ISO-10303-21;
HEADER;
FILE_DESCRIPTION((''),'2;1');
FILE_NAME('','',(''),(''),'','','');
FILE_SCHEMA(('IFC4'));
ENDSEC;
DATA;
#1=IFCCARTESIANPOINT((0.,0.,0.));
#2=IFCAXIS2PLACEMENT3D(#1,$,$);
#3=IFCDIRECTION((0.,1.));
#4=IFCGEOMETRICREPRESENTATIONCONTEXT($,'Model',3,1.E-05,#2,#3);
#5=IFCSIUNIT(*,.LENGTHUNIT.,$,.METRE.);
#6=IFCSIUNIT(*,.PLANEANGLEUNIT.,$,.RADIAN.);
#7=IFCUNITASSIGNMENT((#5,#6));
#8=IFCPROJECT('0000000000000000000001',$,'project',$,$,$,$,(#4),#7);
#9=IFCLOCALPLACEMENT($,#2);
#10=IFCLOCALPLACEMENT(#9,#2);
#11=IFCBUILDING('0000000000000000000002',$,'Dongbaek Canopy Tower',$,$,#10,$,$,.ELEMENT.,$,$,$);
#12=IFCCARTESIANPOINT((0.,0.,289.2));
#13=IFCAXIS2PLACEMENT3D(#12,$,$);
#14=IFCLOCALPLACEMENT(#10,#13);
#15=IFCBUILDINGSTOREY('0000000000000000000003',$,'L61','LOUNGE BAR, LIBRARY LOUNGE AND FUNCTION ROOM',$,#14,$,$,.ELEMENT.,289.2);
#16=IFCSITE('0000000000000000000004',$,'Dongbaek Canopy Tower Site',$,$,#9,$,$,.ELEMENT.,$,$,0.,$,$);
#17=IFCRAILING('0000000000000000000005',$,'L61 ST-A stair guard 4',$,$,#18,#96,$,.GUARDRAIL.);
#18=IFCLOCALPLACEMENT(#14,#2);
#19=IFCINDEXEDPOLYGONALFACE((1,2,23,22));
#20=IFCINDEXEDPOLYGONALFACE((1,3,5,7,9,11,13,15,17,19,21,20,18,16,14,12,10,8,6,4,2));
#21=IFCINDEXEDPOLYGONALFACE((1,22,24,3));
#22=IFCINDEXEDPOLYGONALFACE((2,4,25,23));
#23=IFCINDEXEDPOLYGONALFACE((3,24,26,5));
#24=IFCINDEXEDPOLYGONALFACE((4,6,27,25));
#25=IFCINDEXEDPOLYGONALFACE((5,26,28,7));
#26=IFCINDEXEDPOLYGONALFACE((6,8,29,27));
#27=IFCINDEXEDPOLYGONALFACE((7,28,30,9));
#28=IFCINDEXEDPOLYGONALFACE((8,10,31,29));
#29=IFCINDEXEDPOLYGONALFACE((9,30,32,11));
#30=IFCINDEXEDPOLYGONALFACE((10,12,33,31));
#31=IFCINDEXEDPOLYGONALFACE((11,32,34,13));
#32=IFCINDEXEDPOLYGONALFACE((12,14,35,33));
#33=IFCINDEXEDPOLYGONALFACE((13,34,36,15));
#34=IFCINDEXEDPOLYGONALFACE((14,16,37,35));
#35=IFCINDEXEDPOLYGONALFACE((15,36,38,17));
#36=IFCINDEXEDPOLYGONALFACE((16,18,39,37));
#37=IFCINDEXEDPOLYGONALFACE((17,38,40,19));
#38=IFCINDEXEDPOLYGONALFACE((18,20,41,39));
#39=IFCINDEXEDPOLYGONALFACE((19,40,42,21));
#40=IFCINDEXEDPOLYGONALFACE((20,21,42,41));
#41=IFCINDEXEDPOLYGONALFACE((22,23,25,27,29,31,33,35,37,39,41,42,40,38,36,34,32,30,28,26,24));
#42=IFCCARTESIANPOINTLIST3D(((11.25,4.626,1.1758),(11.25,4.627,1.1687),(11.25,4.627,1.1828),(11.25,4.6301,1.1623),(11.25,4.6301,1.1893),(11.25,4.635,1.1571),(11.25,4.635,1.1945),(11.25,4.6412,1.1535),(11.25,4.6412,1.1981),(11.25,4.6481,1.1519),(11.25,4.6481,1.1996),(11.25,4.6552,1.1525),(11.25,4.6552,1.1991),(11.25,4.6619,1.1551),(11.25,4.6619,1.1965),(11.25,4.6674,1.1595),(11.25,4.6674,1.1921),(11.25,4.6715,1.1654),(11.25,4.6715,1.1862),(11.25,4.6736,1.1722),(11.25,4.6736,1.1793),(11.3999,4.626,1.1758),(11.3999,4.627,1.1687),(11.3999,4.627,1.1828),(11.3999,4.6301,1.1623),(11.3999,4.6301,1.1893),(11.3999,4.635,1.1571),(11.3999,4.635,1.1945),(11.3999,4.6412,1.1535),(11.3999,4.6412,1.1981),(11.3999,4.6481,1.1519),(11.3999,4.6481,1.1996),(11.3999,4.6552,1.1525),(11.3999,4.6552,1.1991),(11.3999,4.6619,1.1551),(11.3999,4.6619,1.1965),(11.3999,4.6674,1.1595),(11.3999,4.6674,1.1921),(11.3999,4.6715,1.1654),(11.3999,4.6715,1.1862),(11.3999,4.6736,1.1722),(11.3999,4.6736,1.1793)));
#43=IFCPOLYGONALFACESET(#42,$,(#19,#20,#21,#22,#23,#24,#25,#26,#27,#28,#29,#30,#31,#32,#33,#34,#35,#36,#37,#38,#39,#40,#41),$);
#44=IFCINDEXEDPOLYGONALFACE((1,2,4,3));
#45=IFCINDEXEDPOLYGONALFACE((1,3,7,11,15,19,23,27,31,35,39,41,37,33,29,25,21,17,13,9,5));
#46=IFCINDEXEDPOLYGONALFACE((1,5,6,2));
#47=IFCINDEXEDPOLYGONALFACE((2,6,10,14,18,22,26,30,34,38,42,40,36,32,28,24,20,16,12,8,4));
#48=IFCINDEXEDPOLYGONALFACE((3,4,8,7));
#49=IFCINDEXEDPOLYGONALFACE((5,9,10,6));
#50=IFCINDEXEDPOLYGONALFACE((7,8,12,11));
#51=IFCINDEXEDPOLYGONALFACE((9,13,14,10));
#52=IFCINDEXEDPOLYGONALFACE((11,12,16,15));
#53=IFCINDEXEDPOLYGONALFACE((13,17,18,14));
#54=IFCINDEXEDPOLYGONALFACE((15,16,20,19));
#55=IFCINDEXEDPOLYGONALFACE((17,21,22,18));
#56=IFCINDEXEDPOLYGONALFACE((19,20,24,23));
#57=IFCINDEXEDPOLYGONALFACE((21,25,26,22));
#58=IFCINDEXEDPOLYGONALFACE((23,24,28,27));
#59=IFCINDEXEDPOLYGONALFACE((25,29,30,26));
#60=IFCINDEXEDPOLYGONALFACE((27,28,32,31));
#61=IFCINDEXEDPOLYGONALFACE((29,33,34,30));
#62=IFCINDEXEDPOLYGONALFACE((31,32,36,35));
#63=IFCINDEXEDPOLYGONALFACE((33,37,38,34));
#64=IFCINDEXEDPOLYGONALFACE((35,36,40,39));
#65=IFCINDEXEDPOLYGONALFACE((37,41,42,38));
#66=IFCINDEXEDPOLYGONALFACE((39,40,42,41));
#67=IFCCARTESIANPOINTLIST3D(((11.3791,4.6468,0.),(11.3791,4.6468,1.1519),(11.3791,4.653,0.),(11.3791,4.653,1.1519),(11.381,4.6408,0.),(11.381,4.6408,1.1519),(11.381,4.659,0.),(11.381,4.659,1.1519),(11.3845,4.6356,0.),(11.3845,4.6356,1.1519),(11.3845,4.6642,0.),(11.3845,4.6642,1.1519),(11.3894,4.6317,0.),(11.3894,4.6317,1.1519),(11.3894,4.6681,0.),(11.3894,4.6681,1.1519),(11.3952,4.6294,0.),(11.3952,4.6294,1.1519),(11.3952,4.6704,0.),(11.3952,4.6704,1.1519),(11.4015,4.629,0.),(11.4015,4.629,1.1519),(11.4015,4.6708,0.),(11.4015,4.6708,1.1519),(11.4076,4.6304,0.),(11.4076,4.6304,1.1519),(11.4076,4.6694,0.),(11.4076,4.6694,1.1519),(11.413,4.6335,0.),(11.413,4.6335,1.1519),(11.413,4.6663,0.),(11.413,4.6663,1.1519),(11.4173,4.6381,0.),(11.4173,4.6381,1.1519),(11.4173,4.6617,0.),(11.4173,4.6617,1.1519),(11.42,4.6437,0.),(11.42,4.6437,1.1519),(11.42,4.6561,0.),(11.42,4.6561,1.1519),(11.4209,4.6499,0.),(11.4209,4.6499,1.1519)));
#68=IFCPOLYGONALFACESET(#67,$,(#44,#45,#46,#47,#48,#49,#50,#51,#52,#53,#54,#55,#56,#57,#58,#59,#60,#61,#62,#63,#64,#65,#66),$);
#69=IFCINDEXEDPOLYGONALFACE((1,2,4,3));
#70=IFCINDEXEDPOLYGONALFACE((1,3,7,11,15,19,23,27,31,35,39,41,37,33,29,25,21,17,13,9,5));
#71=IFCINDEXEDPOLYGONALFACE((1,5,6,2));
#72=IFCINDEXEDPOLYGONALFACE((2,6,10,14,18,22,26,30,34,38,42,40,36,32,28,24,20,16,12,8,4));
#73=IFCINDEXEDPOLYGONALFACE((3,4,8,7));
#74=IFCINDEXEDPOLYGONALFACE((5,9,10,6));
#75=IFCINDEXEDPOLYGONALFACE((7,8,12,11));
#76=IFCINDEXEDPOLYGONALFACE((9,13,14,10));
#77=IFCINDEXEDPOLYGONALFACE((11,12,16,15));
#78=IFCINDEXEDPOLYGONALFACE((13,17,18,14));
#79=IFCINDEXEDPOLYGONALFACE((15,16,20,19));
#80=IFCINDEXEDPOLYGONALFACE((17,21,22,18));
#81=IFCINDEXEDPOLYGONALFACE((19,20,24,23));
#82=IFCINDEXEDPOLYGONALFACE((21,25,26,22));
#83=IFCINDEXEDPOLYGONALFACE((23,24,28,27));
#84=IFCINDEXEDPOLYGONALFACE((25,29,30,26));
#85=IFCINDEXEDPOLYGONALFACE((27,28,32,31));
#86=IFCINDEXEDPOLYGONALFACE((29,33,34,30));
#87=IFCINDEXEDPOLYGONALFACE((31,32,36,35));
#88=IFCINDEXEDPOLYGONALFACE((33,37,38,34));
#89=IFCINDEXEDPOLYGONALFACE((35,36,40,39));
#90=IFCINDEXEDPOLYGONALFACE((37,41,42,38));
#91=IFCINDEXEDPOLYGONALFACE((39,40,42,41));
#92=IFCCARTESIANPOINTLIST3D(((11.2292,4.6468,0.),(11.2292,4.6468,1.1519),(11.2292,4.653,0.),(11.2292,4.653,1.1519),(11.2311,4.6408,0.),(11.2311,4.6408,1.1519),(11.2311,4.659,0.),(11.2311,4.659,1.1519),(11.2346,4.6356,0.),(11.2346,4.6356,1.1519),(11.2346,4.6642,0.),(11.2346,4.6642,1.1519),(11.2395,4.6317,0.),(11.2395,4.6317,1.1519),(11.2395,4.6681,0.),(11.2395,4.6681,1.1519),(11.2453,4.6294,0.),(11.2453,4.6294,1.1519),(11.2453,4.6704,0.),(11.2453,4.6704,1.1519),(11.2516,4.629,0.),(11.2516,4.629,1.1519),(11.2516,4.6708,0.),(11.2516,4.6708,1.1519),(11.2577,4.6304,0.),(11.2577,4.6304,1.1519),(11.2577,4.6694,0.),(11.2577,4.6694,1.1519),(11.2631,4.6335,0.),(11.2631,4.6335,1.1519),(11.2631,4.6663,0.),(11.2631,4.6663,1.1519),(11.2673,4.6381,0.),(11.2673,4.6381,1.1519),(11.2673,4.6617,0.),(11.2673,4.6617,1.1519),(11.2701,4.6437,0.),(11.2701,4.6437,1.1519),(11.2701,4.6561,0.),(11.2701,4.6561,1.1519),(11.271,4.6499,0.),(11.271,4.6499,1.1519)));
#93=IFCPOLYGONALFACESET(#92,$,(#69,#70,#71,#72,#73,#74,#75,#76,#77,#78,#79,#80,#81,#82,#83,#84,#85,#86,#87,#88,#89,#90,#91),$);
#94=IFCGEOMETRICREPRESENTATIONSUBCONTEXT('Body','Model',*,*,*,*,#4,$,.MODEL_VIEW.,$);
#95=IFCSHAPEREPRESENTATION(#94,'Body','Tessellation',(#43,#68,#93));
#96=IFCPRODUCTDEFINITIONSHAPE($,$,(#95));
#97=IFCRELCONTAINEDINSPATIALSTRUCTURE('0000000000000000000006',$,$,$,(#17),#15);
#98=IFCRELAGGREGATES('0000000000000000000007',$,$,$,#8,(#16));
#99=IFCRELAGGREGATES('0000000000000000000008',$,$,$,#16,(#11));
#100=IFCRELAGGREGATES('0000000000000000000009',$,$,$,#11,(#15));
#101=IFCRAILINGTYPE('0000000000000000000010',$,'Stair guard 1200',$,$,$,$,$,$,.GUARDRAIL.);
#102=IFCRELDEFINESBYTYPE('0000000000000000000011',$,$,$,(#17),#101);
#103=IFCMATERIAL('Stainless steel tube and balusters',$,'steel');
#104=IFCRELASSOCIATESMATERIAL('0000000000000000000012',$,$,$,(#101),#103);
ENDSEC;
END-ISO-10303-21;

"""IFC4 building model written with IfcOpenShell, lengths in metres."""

from ifc_helpers import new_model, si_unit, direction, frame, origin, origin_2d, place, context, subcontext, project, spatial, circle, extrude, material, type_object, element, save


model = new_model("IFC4")

# Units and contexts
model_context = context("Model", 3, precision=1e-05, world=origin(), true_north=direction((0.0, 1.0)))
body_context = subcontext(model_context, "Body", "Model", "MODEL_VIEW")
ifc_project = project(units=[si_unit("LENGTHUNIT", "METRE"), si_unit("PLANEANGLEUNIT", "RADIAN")], contexts=[model_context])

# Site, building, storey
site_placement = place(None, origin())
site = spatial("IfcSite", under=ifc_project, at=site_placement, Name="Dongbaek Canopy Tower Site", CompositionType="ELEMENT", RefElevation=0.0)
building_placement = place(site_placement, origin())
building = spatial("IfcBuilding", under=site, at=building_placement, Name="Dongbaek Canopy Tower", CompositionType="ELEMENT")
storey_placement = place(building_placement, frame((0.0, 0.0, 289.2)))
storey = spatial("IfcBuildingStorey", under=building, at=storey_placement, Name="L61", Description="LOUNGE BAR, LIBRARY LOUNGE AND FUNCTION ROOM", CompositionType="ELEMENT", Elevation=289.2)

# Railing
ifc_material_1 = material(Name="Stainless steel tube and balusters", Category="steel")
railing_type_1 = type_object("IfcRailingType", Name="Stair guard 1200", PredefinedType="GUARDRAIL", material=ifc_material_1)
railing_1_placement = place(storey_placement, frame((11.3999, 4.6499, 0.0)))
element("IfcRailing", 1, at=railing_1_placement, inside=storey, type_object=railing_type_1, Name="L61 ST-A stair guard 4", PredefinedType="GUARDRAIL", context=body_context, shape_type="SweptSolid", body=[
    extrude(circle(Radius=0.0239, at=origin_2d()), frame((0.0, 0.0, 1.1758), z_axis=(-1.0, 0.0, 0.0), x_axis=(0.0, -1.0, 0.0)), (0.0, 0.0, 1.0), 0.1499),
    extrude(circle(Radius=0.021, at=origin_2d()), origin(), (0.0, 0.0, 1.0), 1.1519),
    extrude(circle(Radius=0.021, at=origin_2d()), frame((-0.1499, 0.0, 0.0)), (0.0, 0.0, 1.0), 1.1519),
])

save(model, "model.ifc")
